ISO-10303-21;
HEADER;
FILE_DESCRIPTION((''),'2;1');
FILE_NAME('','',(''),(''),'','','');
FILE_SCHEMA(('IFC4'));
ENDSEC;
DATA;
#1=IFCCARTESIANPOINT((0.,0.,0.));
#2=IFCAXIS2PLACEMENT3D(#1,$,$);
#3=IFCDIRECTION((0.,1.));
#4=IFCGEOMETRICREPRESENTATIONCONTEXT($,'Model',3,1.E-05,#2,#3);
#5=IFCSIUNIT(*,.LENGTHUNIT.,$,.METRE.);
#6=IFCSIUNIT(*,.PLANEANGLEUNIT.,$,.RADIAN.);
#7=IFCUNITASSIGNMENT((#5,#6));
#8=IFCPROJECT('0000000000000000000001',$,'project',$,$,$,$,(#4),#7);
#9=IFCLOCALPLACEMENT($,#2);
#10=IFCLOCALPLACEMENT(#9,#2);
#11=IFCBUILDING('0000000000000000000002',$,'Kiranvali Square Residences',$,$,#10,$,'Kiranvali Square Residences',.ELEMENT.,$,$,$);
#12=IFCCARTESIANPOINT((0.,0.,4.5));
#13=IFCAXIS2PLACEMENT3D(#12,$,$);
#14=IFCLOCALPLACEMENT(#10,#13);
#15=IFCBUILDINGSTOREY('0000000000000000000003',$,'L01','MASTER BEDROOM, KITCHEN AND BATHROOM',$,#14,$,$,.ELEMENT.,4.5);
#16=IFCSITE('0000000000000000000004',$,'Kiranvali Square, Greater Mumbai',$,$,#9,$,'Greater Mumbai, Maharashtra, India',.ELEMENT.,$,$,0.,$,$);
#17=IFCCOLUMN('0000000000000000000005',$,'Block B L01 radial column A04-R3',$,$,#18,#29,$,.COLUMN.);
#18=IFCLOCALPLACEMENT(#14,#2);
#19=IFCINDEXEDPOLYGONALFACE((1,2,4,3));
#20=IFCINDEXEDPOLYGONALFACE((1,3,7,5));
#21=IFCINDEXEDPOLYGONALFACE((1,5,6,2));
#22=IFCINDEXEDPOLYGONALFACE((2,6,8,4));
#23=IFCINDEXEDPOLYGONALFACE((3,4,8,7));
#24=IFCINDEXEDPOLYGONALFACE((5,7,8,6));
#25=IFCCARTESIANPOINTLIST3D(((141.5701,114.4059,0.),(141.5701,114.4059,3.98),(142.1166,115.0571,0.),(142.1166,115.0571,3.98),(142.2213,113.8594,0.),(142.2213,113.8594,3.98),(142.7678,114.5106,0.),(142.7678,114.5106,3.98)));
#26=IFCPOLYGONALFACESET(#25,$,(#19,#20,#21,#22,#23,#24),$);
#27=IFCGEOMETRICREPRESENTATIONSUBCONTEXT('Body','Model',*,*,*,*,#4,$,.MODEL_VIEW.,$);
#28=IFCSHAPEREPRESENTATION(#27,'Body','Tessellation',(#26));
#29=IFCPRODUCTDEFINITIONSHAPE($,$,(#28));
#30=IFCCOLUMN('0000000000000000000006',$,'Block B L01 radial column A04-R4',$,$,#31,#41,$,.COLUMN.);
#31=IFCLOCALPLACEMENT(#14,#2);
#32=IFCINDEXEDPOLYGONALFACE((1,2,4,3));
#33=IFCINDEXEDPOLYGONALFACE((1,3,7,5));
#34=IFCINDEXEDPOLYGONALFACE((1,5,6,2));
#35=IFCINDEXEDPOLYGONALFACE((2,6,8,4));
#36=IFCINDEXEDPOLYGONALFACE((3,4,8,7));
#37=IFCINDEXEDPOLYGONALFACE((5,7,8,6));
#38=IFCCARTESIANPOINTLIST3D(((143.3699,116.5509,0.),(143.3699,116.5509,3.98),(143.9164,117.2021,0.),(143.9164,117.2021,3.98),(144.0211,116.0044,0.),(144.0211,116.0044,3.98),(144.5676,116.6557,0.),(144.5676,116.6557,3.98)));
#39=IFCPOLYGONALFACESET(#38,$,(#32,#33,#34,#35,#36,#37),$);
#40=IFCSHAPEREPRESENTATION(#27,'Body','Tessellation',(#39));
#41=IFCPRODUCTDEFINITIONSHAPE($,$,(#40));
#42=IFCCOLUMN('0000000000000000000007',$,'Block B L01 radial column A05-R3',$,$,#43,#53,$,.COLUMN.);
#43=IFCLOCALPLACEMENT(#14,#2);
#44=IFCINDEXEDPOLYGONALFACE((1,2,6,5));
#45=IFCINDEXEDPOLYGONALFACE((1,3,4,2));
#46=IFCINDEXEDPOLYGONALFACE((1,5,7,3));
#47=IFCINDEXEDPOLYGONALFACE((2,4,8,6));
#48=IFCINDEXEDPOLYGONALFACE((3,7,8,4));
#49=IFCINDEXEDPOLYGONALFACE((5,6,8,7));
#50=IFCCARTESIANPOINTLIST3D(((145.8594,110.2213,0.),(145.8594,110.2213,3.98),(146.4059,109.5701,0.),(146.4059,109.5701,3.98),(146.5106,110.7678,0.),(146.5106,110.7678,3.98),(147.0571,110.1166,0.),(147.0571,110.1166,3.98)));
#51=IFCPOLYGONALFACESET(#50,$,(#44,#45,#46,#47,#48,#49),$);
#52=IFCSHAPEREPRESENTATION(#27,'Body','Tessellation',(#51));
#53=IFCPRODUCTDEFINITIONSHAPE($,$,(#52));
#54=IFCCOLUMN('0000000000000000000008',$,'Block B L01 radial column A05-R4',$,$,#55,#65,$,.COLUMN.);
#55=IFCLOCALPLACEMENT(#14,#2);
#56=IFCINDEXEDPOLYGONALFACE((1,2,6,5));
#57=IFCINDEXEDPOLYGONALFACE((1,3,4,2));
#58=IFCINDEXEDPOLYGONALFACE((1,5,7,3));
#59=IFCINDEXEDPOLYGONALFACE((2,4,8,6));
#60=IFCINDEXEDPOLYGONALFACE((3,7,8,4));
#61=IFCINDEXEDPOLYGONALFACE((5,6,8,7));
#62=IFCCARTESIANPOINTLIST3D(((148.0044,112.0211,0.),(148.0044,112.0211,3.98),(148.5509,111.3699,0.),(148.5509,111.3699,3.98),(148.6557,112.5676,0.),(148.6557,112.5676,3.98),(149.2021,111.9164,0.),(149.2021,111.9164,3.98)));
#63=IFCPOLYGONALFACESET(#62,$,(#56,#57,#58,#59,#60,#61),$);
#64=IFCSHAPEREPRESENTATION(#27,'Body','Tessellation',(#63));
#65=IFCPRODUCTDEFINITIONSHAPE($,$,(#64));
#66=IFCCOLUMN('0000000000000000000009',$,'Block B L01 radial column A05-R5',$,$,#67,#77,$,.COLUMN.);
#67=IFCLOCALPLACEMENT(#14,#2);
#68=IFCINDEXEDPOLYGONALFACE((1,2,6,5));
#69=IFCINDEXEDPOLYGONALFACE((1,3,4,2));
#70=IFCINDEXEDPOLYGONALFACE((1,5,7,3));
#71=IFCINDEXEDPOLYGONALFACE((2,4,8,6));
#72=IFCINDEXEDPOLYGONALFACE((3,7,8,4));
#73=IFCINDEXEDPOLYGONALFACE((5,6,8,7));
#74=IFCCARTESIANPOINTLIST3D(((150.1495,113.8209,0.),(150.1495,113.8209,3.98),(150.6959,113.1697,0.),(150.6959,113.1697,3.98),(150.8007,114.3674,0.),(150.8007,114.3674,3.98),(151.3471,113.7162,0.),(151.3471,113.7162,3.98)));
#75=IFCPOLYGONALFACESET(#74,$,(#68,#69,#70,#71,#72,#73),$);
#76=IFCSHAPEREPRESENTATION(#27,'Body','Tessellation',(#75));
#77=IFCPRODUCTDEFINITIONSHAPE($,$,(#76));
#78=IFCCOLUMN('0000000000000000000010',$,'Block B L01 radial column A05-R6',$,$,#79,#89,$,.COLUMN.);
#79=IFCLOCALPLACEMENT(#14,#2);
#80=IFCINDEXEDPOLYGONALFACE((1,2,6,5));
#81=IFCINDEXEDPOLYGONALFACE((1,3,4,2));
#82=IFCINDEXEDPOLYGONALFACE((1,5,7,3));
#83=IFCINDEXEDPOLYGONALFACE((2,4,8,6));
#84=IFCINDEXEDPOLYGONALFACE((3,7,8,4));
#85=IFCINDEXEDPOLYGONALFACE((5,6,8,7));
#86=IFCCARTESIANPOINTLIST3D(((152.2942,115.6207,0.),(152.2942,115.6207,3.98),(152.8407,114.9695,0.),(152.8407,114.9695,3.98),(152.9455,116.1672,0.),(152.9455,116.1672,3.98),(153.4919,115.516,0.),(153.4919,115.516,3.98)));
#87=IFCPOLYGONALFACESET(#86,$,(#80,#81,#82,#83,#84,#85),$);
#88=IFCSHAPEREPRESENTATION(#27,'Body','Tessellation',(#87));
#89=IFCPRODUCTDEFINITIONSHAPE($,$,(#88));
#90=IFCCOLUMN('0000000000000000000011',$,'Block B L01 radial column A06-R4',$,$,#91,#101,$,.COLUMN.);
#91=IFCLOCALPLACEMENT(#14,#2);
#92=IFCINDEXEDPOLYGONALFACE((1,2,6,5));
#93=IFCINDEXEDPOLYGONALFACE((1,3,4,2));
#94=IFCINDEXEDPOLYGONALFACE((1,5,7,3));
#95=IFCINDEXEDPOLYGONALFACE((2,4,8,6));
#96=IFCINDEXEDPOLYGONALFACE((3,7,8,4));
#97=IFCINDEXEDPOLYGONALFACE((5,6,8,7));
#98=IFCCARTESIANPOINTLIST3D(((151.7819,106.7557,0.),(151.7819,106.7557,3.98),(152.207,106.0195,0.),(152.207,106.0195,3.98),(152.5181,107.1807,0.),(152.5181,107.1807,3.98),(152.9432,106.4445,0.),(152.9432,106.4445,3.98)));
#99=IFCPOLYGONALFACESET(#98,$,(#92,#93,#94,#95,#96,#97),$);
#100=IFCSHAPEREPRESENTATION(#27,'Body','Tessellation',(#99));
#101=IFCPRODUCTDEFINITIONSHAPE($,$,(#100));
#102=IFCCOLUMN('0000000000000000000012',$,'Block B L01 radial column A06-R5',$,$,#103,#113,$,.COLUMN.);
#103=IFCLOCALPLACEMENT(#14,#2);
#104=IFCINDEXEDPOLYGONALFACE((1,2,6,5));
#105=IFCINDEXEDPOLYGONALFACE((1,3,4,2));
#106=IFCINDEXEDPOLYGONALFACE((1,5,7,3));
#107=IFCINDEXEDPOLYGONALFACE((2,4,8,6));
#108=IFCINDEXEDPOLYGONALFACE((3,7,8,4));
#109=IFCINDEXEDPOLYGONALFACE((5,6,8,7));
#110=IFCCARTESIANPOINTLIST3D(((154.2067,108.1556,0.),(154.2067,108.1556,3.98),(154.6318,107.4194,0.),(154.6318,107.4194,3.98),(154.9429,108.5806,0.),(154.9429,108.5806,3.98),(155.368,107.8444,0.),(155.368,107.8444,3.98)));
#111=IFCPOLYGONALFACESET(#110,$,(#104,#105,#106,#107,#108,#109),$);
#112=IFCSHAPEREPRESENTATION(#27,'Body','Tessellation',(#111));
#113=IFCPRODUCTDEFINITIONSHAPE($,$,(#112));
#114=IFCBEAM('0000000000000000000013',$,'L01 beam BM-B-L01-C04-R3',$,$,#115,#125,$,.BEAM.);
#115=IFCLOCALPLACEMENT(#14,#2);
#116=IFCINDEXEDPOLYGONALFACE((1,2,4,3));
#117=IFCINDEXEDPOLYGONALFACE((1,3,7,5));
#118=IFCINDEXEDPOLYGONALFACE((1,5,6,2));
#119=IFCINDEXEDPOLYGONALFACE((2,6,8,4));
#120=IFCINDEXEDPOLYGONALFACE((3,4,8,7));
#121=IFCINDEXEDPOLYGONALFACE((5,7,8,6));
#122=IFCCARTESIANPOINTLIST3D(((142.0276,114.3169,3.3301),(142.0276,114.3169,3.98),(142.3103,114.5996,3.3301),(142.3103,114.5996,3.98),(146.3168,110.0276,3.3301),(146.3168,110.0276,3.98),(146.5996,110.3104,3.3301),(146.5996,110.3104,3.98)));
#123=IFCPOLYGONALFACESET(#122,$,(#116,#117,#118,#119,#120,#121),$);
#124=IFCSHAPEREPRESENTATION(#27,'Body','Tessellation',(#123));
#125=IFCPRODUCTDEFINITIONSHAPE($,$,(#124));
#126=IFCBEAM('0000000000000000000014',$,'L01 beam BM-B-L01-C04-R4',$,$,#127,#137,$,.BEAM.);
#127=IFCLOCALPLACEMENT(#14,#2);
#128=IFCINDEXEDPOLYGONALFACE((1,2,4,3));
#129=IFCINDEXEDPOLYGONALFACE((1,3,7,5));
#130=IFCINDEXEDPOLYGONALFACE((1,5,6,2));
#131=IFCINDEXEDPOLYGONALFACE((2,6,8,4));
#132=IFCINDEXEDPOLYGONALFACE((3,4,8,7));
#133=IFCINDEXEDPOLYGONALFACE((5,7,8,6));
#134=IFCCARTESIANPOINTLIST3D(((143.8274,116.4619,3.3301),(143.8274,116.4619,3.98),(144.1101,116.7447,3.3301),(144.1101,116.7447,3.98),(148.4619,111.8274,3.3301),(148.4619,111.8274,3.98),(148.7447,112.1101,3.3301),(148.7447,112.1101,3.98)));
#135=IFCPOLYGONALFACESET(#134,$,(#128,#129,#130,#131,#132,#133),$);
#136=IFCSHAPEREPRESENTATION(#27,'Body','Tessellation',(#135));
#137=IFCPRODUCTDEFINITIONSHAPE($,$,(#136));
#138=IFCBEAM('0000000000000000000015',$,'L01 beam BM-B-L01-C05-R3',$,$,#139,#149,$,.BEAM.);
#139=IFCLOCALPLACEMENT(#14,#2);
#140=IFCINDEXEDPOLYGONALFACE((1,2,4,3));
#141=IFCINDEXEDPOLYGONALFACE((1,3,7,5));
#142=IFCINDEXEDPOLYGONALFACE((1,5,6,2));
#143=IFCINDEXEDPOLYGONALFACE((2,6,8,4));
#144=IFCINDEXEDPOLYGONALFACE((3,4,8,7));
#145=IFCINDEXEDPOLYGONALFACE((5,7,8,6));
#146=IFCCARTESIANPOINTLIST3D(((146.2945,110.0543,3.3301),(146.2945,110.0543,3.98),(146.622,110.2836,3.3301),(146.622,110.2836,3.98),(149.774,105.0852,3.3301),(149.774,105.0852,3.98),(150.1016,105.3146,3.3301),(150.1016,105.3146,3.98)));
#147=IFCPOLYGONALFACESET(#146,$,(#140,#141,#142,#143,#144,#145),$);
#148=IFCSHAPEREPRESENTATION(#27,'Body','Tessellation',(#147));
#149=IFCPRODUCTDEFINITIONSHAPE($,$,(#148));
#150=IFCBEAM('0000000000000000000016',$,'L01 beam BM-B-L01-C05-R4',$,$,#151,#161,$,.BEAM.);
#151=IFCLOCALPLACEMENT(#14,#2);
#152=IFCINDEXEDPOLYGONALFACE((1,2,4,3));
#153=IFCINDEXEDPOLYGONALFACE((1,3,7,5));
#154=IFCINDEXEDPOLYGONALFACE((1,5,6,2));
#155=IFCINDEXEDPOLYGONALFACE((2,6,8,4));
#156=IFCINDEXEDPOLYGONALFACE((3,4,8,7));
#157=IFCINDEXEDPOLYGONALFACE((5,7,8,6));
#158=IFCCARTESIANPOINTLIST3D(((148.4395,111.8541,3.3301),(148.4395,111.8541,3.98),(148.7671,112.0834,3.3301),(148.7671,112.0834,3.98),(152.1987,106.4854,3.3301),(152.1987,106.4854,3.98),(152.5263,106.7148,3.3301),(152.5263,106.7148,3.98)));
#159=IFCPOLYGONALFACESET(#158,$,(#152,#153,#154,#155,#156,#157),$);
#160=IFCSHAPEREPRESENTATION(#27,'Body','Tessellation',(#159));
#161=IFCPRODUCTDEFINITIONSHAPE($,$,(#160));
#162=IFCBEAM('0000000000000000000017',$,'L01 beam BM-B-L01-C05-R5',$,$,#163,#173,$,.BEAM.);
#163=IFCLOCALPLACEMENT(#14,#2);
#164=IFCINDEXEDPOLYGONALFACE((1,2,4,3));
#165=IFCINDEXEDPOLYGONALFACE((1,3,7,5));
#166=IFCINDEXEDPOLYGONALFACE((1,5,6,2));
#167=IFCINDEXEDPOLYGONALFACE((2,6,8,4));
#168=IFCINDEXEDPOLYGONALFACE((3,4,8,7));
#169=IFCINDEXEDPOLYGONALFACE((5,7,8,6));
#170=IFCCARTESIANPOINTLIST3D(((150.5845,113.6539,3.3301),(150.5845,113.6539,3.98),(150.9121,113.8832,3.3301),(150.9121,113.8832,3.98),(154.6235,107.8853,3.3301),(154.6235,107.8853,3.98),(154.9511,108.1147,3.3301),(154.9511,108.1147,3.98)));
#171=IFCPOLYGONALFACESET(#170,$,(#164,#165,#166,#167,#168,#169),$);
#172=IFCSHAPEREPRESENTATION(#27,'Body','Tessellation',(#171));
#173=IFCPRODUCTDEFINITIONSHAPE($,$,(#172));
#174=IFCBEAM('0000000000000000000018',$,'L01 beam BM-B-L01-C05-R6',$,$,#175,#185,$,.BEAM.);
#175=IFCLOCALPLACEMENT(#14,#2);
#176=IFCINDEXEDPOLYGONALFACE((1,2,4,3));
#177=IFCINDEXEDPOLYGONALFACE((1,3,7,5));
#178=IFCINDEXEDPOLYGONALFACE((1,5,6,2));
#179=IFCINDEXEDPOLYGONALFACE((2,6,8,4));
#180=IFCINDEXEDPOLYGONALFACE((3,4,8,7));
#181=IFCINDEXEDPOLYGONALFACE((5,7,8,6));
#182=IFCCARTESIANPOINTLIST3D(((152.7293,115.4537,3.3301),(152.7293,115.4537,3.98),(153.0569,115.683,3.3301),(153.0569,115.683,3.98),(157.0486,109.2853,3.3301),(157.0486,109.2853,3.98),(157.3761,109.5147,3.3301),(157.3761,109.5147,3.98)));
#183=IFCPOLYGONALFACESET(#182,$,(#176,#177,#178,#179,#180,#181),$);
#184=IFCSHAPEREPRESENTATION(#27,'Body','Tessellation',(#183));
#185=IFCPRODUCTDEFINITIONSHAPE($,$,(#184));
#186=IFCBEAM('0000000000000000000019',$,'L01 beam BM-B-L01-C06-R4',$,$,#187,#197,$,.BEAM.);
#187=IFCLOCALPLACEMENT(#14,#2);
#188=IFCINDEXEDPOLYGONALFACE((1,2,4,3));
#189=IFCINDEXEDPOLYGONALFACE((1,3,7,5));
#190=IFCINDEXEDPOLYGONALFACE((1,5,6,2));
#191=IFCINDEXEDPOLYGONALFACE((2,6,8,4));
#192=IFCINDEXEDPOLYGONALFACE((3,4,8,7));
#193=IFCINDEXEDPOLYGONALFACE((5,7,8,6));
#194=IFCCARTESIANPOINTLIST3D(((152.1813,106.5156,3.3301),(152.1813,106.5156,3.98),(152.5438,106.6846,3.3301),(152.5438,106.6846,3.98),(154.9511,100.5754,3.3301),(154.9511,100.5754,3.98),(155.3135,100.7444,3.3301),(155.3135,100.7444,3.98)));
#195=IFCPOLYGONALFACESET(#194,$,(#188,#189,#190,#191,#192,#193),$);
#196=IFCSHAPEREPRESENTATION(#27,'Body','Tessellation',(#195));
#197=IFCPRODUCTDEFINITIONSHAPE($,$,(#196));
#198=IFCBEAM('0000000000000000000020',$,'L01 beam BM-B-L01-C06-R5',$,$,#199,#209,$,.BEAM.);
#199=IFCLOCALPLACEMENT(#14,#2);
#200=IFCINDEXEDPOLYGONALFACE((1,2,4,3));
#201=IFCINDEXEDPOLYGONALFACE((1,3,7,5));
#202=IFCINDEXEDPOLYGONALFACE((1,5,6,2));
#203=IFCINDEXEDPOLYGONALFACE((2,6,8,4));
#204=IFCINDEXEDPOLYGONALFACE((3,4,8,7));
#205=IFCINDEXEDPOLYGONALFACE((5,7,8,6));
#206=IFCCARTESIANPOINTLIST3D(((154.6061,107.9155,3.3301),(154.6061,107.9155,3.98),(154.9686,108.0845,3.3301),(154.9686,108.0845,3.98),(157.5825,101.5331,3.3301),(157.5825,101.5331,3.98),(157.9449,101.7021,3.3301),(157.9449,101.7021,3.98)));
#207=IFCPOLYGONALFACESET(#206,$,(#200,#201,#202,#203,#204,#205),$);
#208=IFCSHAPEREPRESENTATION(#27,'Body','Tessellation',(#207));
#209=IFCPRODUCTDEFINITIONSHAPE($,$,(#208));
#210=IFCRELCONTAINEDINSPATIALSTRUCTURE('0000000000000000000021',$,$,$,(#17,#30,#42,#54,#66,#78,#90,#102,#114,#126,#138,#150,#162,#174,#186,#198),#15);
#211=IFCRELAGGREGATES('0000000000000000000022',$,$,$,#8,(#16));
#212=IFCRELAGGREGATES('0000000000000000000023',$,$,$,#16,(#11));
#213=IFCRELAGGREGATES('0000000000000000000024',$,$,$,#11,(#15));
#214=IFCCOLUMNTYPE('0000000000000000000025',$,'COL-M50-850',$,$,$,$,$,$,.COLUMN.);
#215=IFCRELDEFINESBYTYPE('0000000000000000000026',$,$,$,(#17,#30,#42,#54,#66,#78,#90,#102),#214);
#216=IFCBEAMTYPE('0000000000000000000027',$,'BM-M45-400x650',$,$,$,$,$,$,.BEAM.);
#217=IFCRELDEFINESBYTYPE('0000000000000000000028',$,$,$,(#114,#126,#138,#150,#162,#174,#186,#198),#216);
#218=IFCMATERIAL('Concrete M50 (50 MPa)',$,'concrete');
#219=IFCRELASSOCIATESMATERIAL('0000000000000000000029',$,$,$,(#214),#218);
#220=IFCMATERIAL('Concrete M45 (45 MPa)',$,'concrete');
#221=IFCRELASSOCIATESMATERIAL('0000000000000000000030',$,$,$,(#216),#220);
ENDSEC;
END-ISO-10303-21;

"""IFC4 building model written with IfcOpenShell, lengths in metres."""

from ifc_helpers import new_model, si_unit, direction, frame, origin, origin_2d, place, context, subcontext, project, spatial, rectangle, extrude, material, material_profile, profile_set, type_object, element, save


model = new_model("IFC4")

# Units and contexts
model_context = context("Model", 3, precision=1e-05, world=origin(), true_north=direction((0.0, 1.0)))
body_context = subcontext(model_context, "Body", "Model", "MODEL_VIEW")
ifc_project = project(units=[si_unit("LENGTHUNIT", "METRE"), si_unit("PLANEANGLEUNIT", "RADIAN")], contexts=[model_context])

# Site, building, storey
site_placement = place(None, origin())
site = spatial("IfcSite", under=ifc_project, at=site_placement, Name="Kiranvali Square, Greater Mumbai", LongName="Greater Mumbai, Maharashtra, India", CompositionType="ELEMENT", RefElevation=0.0)
building_placement = place(site_placement, origin())
building = spatial("IfcBuilding", under=site, at=building_placement, Name="Kiranvali Square Residences", LongName="Kiranvali Square Residences", CompositionType="ELEMENT")
storey_placement = place(building_placement, frame((0.0, 0.0, 4.5)))
storey = spatial("IfcBuildingStorey", under=building, at=storey_placement, Name="L01", Description="MASTER BEDROOM, KITCHEN AND BATHROOM", CompositionType="ELEMENT", Elevation=4.5)

# Columns
ifc_material_1 = material(Name="Concrete M50 (50 MPa)", Category="concrete")
ifc_material_profile_1 = material_profile(ifc_material_1, rectangle(XDim=0.8501, YDim=0.8501, at=origin_2d()), Name="RC 850x850")
ifc_profile_set_1 = profile_set([ifc_material_profile_1], Name="Concrete M50 (50 MPa)")
column_type = type_object("IfcColumnType", Name="COL-M50-850", PredefinedType="COLUMN", material=ifc_profile_set_1)
for number, where, z_axis, x_axis, name in (
    (1, (142.1689, 114.4583, 0.0), (0.0, 0.0, 1.0), (-0.766044, 0.642788, 0.0), "Block B L01 radial column A04-R3"),
    (2, (143.9688, 116.6033, 0.0), (0.0, 0.0, 1.0), (-0.766044, 0.642788, 0.0), "Block B L01 radial column A04-R4"),
    (3, (146.4583, 110.1689, 0.0), (0.0, 0.0, 1.0), (-0.642788, 0.766044, 0.0), "Block B L01 radial column A05-R3"),
    (4, (148.6033, 111.9688, 0.0), (0.0, 0.0, 1.0), (-0.642788, 0.766044, 0.0), "Block B L01 radial column A05-R4"),
    (5, (150.7483, 113.7686, 0.0), (0.0, 0.0, 1.0), (-0.642788, 0.766044, 0.0), "Block B L01 radial column A05-R5"),
    (6, (152.8931, 115.5684, 0.0), (0.0, 0.0, 1.0), (-0.642788, 0.766044, 0.0), "Block B L01 radial column A05-R6"),
    (7, (152.3625, 106.6001, 0.0), (0.0, 0.0, 1.0), (-0.5, 0.866025, 0.0), "Block B L01 radial column A06-R4"),
    (8, (154.7874, 108.0, 0.0), (0.0, 0.0, 1.0), (-0.5, 0.866025, 0.0), "Block B L01 radial column A06-R5"),
):
    element("IfcColumn", number, at=place(storey_placement, frame(where, z_axis=z_axis, x_axis=x_axis)), inside=storey, type_object=column_type, Name=name, PredefinedType="COLUMN", context=body_context, shape_type="SweptSolid", body=[
        extrude(rectangle(XDim=0.8501, YDim=0.8501, at=origin_2d()), origin(), (0.0, 0.0, 1.0), 3.98),
    ])

# Beams
ifc_material_2 = material(Name="Concrete M45 (45 MPa)", Category="concrete")
ifc_material_profile_2 = material_profile(ifc_material_2, rectangle(XDim=0.3999, YDim=0.6499, at=origin_2d()), Name="RC 400x650")
ifc_profile_set_2 = profile_set([ifc_material_profile_2], Name="Concrete M45 (45 MPa)")
beam_type = type_object("IfcBeamType", Name="BM-M45-400x650", PredefinedType="BEAM", material=ifc_profile_set_2)
beam_1_placement = place(storey_placement, frame((142.1689, 114.4583, 3.655), z_axis=(0.707107, -0.707107, 0.0), x_axis=(0.707107, 0.707107, 0.0)))
element("IfcBeam", 9, at=beam_1_placement, inside=storey, type_object=beam_type, Name="L01 beam BM-B-L01-C04-R3", PredefinedType="BEAM", context=body_context, shape_type="SweptSolid", body=[
    extrude(rectangle(XDim=0.3999, YDim=0.6499, at=origin_2d()), origin(), (0.0, 0.0, 1.0), 6.0659),
])
beam_2_placement = place(storey_placement, frame((143.9688, 116.6033, 3.655), z_axis=(0.707107, -0.707107, 0.0), x_axis=(0.707107, 0.707107, 0.0)))
element("IfcBeam", 10, at=beam_2_placement, inside=storey, type_object=beam_type, Name="L01 beam BM-B-L01-C04-R4", PredefinedType="BEAM", context=body_context, shape_type="SweptSolid", body=[
    extrude(rectangle(XDim=0.3999, YDim=0.6499, at=origin_2d()), origin(), (0.0, 0.0, 1.0), 6.5542),
])
beam_3_placement = place(storey_placement, frame((146.4583, 110.1689, 3.655), z_axis=(0.573595, -0.819139, 0.0), x_axis=(0.819139, 0.573595, 0.0)))
element("IfcBeam", 11, at=beam_3_placement, inside=storey, type_object=beam_type, Name="L01 beam BM-B-L01-C05-R3", PredefinedType="BEAM", context=body_context, shape_type="SweptSolid", body=[
    extrude(rectangle(XDim=0.3999, YDim=0.6499, at=origin_2d()), origin(), (0.0, 0.0, 1.0), 6.0662),
])
beam_4_placement = place(storey_placement, frame((148.6033, 111.9688, 3.655), z_axis=(0.573587, -0.819144, 0.0), x_axis=(0.819144, 0.573587, 0.0)))
element("IfcBeam", 12, at=beam_4_placement, inside=storey, type_object=beam_type, Name="L01 beam BM-B-L01-C05-R4", PredefinedType="BEAM", context=body_context, shape_type="SweptSolid", body=[
    extrude(rectangle(XDim=0.3999, YDim=0.6499, at=origin_2d()), origin(), (0.0, 0.0, 1.0), 6.554),
])
beam_5_placement = place(storey_placement, frame((150.7483, 113.7686, 3.655), z_axis=(0.573565, -0.81916, 0.0), x_axis=(0.81916, 0.573565, 0.0)))
element("IfcBeam", 13, at=beam_5_placement, inside=storey, type_object=beam_type, Name="L01 beam BM-B-L01-C05-R5", PredefinedType="BEAM", context=body_context, shape_type="SweptSolid", body=[
    extrude(rectangle(XDim=0.3999, YDim=0.6499, at=origin_2d()), origin(), (0.0, 0.0, 1.0), 7.042),
])
beam_6_placement = place(storey_placement, frame((152.8931, 115.5684, 3.655), z_axis=(0.573589, -0.819144, 0.0), x_axis=(0.819144, 0.573589, 0.0)))
element("IfcBeam", 14, at=beam_6_placement, inside=storey, type_object=beam_type, Name="L01 beam BM-B-L01-C05-R6", PredefinedType="BEAM", context=body_context, shape_type="SweptSolid", body=[
    extrude(rectangle(XDim=0.3999, YDim=0.6499, at=origin_2d()), origin(), (0.0, 0.0, 1.0), 7.5303),
])
beam_7_placement = place(storey_placement, frame((152.3625, 106.6001, 3.655), z_axis=(0.422596, -0.906318, 0.0), x_axis=(0.906318, 0.422596, 0.0)))
element("IfcBeam", 15, at=beam_7_placement, inside=storey, type_object=beam_type, Name="L01 beam BM-B-L01-C06-R4", PredefinedType="BEAM", context=body_context, shape_type="SweptSolid", body=[
    extrude(rectangle(XDim=0.3999, YDim=0.6499, at=origin_2d()), origin(), (0.0, 0.0, 1.0), 6.5542),
])
beam_8_placement = place(storey_placement, frame((154.7874, 108.0, 3.655), z_axis=(0.422641, -0.906297, 0.0), x_axis=(0.906297, 0.422641, 0.0)))
element("IfcBeam", 16, at=beam_8_placement, inside=storey, type_object=beam_type, Name="L01 beam BM-B-L01-C06-R5", PredefinedType="BEAM", context=body_context, shape_type="SweptSolid", body=[
    extrude(rectangle(XDim=0.3999, YDim=0.6499, at=origin_2d()), origin(), (0.0, 0.0, 1.0), 7.0422),
])

save(model, "model.ifc")
